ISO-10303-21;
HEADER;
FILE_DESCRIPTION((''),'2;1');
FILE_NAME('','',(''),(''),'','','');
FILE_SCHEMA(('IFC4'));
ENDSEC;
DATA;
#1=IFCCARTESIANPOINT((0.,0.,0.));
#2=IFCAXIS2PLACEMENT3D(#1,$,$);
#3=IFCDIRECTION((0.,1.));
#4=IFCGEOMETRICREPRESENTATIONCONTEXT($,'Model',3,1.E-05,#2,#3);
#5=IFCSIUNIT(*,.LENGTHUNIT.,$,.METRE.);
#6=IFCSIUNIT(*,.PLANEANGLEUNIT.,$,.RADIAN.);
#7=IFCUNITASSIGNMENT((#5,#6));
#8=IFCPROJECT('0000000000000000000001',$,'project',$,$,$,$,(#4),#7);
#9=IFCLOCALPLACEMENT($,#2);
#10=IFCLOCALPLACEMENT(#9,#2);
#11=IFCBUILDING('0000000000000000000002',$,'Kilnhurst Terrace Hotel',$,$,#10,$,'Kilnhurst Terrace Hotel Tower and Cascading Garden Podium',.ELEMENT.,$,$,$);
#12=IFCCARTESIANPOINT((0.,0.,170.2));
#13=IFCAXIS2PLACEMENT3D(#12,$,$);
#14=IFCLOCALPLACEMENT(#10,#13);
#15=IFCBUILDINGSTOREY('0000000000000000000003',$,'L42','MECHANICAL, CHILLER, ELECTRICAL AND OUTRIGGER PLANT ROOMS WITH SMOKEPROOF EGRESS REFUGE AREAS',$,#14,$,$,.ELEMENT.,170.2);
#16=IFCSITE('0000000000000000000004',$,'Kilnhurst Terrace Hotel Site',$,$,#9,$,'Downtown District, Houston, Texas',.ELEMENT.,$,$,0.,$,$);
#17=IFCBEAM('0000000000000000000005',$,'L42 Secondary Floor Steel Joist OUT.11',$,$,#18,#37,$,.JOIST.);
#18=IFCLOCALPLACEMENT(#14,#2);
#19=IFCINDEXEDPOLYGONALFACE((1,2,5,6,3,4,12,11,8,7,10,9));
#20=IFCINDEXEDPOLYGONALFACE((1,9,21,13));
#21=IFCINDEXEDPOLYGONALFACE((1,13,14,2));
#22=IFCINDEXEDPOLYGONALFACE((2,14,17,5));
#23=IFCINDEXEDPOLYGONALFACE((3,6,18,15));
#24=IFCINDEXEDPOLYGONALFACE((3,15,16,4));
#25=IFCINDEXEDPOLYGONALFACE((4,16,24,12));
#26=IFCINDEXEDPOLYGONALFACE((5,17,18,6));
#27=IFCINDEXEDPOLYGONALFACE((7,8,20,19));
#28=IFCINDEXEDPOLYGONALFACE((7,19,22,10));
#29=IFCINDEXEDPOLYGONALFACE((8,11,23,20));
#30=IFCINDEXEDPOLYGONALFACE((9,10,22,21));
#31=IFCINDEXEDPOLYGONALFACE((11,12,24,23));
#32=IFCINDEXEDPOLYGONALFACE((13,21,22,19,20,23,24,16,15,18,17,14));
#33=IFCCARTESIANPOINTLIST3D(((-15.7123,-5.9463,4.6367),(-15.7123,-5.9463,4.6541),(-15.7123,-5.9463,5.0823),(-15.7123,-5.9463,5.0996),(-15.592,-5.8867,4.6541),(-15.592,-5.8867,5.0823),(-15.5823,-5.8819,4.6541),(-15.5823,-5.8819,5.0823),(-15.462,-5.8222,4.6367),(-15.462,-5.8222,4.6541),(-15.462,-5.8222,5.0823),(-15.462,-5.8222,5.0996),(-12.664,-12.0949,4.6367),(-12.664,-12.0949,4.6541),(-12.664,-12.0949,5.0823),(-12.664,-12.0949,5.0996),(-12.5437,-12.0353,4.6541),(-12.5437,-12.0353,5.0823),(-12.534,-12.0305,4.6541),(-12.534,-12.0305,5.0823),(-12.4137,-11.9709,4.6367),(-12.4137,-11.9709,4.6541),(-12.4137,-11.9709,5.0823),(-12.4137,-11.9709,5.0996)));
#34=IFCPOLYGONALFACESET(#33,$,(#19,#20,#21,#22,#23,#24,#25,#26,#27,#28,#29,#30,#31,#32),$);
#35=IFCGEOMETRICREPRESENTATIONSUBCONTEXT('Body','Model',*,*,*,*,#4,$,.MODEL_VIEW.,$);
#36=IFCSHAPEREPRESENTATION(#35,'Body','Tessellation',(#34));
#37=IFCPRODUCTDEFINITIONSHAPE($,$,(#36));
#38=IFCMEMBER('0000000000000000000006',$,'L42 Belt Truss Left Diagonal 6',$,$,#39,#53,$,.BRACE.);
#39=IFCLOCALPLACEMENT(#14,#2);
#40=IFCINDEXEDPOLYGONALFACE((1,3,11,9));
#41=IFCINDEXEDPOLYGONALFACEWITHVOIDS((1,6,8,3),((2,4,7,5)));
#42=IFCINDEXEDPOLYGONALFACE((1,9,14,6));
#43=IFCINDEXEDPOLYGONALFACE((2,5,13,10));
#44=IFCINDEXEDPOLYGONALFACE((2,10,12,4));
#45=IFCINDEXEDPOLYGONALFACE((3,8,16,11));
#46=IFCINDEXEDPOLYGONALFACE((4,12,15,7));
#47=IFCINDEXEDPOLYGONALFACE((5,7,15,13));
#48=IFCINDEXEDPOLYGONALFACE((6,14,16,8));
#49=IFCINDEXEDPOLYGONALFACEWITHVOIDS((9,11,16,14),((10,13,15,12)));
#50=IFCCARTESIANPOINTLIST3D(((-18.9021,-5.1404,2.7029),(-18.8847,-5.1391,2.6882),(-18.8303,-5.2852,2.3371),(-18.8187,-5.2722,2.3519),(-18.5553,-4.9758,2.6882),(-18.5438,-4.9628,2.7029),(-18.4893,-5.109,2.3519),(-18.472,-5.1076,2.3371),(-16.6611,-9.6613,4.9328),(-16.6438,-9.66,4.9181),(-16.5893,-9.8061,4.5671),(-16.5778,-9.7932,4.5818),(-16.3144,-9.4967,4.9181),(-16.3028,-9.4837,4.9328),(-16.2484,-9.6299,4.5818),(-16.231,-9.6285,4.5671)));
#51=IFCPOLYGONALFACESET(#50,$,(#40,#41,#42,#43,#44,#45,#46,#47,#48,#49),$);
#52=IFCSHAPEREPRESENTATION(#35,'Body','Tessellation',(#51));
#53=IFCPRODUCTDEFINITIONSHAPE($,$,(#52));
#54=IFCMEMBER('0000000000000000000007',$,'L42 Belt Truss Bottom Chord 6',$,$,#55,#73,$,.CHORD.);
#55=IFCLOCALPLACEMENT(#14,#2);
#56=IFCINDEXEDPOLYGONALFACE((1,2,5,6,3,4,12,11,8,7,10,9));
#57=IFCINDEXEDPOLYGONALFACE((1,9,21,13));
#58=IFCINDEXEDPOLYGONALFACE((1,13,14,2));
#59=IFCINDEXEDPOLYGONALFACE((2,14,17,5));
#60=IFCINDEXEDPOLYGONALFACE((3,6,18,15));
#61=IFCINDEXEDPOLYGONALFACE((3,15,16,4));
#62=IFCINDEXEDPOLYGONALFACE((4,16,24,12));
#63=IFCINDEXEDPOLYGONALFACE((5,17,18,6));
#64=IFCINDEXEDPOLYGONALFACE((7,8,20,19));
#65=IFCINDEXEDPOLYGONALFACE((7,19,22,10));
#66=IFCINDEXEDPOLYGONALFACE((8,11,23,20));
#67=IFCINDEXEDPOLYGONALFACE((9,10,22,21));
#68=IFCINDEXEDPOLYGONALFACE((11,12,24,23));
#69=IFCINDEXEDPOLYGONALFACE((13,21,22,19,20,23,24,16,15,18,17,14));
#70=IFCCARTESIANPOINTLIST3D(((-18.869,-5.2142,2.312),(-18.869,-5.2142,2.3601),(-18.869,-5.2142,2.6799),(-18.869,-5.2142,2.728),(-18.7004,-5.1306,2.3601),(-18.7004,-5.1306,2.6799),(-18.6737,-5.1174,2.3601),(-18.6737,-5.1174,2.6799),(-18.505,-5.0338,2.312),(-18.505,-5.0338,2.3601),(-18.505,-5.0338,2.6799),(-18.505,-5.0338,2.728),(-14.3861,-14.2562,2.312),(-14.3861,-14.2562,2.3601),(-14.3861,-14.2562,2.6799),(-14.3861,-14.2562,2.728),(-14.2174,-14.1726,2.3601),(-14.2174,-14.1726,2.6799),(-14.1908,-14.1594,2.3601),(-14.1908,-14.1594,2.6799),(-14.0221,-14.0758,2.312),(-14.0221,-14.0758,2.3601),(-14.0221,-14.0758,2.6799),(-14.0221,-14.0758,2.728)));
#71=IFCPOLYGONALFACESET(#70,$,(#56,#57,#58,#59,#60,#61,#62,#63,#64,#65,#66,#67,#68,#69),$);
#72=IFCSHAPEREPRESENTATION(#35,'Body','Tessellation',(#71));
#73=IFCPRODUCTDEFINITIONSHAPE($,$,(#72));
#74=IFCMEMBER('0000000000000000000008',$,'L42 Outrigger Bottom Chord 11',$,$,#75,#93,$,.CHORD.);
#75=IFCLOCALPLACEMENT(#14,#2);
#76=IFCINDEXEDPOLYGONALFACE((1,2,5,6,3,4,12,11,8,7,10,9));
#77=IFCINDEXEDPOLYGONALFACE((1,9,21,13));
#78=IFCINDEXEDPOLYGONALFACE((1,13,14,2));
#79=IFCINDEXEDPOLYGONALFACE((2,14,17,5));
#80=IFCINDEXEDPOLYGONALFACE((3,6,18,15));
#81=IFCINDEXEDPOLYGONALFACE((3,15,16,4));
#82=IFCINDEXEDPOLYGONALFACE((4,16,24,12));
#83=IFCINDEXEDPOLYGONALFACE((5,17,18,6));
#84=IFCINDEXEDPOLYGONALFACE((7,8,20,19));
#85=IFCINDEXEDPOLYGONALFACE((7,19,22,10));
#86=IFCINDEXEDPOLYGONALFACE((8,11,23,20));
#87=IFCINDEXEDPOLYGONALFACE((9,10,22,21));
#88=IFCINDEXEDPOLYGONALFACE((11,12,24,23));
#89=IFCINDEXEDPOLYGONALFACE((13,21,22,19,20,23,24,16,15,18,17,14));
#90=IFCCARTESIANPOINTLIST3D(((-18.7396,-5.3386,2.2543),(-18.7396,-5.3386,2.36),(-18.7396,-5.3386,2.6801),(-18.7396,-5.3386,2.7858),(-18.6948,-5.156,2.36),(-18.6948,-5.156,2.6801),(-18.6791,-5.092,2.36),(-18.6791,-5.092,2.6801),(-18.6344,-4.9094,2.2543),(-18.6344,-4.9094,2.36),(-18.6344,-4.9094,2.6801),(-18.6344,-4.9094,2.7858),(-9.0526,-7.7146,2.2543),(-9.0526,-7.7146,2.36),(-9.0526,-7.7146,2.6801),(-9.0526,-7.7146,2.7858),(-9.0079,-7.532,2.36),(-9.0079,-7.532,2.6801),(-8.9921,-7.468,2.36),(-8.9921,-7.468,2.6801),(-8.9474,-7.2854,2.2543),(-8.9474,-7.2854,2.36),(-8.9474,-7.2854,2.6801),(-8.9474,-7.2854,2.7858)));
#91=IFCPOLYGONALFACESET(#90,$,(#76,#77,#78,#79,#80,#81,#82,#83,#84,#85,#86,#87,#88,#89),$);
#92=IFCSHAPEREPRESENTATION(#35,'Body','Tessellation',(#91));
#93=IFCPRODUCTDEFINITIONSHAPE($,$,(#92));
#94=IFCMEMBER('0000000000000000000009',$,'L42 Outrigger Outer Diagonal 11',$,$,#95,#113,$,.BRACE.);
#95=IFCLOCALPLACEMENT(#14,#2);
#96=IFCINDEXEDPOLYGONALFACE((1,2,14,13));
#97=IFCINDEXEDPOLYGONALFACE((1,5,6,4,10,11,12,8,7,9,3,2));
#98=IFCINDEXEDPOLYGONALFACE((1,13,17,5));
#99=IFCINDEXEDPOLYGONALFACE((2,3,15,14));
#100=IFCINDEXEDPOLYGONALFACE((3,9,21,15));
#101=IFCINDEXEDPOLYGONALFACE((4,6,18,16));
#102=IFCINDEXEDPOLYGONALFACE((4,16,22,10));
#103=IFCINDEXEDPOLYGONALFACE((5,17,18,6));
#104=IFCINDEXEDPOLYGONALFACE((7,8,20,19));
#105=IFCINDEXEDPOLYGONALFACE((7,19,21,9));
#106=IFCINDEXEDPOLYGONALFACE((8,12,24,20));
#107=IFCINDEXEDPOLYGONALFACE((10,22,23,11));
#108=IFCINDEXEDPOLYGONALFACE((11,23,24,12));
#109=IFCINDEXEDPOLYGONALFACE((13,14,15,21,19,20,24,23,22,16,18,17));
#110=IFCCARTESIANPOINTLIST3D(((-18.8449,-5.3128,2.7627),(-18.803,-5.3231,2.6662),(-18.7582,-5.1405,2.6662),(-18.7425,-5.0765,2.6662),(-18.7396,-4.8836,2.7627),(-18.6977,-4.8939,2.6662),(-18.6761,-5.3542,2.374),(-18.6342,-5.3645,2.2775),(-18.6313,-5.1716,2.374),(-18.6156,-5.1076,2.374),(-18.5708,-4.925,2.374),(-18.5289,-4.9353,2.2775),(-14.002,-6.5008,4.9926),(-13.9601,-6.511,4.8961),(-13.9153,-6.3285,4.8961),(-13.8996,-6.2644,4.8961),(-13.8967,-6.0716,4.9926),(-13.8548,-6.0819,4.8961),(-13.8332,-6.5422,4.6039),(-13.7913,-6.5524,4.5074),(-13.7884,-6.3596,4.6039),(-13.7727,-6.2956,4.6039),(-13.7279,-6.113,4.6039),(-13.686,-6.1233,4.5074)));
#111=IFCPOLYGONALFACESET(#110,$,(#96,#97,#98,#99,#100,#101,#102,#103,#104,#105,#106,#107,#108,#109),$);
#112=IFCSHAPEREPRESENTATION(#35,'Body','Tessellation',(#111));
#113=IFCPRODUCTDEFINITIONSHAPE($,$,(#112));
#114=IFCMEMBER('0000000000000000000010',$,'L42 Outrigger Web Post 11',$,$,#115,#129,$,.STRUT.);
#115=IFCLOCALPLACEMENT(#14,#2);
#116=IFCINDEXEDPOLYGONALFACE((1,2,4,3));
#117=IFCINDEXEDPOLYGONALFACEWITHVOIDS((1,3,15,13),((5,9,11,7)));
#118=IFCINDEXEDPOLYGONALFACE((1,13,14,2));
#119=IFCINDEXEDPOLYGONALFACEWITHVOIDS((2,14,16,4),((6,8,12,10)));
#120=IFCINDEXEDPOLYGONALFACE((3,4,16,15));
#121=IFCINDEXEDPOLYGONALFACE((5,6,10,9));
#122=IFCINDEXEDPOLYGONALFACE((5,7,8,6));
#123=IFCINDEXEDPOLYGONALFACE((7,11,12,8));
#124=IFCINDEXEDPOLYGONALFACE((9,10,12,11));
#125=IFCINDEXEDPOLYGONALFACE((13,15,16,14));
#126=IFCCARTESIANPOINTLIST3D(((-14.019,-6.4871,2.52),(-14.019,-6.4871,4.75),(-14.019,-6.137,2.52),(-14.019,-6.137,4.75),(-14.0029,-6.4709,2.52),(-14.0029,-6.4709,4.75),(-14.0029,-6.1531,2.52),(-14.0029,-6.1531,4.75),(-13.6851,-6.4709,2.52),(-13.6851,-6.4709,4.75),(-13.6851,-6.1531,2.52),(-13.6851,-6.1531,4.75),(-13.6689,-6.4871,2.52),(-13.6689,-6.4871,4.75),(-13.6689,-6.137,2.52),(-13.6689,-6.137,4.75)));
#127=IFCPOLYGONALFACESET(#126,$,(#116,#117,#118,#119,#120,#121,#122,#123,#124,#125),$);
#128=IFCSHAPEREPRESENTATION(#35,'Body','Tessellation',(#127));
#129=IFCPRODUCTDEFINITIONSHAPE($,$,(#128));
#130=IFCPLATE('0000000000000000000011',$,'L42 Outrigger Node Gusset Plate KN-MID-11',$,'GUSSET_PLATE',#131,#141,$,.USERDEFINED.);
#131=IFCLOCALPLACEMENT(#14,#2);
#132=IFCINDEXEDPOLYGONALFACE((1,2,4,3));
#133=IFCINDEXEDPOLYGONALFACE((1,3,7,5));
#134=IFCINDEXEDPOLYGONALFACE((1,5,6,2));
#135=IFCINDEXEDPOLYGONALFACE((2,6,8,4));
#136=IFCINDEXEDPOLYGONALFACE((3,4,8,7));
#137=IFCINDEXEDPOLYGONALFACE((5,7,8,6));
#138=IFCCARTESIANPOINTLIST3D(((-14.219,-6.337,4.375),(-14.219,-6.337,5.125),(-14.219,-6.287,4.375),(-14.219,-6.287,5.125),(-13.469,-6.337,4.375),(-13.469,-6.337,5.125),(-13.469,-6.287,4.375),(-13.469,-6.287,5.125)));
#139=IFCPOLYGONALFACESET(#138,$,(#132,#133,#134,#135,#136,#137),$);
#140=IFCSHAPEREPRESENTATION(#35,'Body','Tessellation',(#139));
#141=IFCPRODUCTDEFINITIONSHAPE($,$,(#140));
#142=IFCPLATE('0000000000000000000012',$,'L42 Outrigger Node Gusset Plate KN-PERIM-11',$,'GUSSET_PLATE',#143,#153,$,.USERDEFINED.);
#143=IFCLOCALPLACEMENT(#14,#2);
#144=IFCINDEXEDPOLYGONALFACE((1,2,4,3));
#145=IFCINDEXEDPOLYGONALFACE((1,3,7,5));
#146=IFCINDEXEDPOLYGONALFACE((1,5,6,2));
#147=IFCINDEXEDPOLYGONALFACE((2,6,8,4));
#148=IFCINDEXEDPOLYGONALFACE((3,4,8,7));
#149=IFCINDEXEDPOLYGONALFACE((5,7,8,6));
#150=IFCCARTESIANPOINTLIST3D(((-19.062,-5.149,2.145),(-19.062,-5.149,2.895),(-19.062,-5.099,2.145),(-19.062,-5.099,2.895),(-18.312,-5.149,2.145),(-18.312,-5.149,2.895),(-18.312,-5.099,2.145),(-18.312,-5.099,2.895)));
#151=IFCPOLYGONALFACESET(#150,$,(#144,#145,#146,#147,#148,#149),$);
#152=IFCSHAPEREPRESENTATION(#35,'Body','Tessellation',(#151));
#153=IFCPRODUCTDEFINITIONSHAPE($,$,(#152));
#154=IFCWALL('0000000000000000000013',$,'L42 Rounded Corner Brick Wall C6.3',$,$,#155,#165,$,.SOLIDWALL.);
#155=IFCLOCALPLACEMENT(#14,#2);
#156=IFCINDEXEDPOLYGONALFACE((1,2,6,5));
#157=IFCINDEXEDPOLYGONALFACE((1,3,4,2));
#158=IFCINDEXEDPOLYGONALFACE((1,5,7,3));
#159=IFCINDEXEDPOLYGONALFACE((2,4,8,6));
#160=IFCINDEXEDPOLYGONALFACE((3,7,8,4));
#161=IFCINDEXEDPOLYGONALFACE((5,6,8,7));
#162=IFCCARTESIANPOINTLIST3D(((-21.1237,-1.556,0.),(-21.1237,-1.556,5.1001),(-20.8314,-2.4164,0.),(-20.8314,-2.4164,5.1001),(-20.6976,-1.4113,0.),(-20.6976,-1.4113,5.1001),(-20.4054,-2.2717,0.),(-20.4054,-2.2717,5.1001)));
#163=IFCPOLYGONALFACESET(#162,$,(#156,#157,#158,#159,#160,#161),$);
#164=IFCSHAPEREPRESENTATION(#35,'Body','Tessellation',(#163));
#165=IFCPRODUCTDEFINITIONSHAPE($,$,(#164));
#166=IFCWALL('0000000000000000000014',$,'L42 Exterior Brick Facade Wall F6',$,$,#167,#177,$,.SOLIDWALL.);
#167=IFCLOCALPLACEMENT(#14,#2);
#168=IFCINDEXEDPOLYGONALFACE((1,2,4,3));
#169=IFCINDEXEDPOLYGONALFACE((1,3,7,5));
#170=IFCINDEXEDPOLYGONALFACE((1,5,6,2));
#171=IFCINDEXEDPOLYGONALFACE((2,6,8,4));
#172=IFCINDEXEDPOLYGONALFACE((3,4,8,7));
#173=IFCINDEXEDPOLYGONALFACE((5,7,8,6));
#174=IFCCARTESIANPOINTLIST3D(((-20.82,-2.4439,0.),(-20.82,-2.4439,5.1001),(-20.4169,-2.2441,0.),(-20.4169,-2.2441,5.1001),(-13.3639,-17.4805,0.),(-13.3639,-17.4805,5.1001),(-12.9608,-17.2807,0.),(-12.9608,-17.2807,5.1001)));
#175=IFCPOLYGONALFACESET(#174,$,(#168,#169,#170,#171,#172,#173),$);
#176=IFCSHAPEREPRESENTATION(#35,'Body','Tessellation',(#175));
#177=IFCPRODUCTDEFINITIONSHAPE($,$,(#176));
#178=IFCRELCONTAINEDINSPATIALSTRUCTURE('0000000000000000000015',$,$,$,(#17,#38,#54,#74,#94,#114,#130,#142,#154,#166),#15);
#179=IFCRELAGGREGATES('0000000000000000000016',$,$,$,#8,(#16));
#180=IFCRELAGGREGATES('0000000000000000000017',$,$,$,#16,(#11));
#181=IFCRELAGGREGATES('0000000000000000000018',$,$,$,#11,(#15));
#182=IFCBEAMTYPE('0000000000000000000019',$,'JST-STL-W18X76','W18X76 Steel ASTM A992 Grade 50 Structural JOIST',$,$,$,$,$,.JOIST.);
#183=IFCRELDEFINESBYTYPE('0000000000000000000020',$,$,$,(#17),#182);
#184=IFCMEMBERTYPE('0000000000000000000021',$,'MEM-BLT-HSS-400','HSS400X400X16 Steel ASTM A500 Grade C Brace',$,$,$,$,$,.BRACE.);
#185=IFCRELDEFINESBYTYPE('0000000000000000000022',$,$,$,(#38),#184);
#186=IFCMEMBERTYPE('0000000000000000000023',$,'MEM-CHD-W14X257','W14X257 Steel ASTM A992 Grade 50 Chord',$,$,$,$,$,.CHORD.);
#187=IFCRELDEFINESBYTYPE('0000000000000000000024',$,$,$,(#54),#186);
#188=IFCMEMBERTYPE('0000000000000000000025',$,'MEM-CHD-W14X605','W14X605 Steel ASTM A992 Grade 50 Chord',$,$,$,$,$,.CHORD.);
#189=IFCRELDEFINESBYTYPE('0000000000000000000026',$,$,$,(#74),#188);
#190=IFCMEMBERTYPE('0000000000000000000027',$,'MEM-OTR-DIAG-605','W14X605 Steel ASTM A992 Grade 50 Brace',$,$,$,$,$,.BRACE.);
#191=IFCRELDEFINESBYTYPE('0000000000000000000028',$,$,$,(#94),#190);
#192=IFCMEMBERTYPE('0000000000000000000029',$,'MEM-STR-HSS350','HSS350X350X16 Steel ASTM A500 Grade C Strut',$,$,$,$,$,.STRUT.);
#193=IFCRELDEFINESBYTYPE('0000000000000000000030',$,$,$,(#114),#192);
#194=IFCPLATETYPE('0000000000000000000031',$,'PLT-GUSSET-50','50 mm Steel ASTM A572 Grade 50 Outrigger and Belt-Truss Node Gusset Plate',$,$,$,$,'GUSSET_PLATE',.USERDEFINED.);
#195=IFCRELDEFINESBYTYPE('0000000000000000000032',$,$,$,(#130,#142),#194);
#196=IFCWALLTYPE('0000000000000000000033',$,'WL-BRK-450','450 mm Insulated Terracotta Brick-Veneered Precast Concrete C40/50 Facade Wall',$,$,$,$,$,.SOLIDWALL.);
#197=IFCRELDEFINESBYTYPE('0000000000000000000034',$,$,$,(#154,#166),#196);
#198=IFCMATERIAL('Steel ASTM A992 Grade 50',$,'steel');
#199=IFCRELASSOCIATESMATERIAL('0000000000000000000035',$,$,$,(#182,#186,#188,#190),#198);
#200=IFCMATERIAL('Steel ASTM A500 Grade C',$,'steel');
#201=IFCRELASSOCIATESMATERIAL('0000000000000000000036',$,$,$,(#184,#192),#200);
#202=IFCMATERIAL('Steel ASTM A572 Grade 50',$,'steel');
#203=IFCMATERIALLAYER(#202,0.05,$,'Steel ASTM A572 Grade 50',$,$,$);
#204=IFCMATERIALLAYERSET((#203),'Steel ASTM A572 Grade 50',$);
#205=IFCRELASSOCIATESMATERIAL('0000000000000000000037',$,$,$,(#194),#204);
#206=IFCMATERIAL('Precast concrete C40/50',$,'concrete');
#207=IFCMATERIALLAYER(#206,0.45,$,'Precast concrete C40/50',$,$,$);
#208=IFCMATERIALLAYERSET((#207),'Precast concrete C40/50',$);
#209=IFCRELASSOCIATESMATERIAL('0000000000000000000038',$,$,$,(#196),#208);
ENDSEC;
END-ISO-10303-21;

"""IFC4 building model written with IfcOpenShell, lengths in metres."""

from ifc_helpers import new_model, si_unit, direction, frame, frame_2d, origin, origin_2d, place, context, subcontext, project, spatial, rectangle, hollow_rectangle, i_section, extrude, material, layer, layer_set, material_profile, profile_set, type_object, element, save


model = new_model("IFC4")

# Units and contexts
model_context = context("Model", 3, precision=1e-05, world=origin(), true_north=direction((0.0, 1.0)))
body_context = subcontext(model_context, "Body", "Model", "MODEL_VIEW")
ifc_project = project(units=[si_unit("LENGTHUNIT", "METRE"), si_unit("PLANEANGLEUNIT", "RADIAN")], contexts=[model_context])

# Site, building, storey
site_placement = place(None, origin())
site = spatial("IfcSite", under=ifc_project, at=site_placement, Name="Kilnhurst Terrace Hotel Site", LongName="Downtown District, Houston, Texas", CompositionType="ELEMENT", RefElevation=0.0)
building_placement = place(site_placement, origin())
building = spatial("IfcBuilding", under=site, at=building_placement, Name="Kilnhurst Terrace Hotel", LongName="Kilnhurst Terrace Hotel Tower and Cascading Garden Podium", CompositionType="ELEMENT")
storey_placement = place(building_placement, frame((0.0, 0.0, 170.2)))
storey = spatial("IfcBuildingStorey", under=building, at=storey_placement, Name="L42", Description="MECHANICAL, CHILLER, ELECTRICAL AND OUTRIGGER PLANT ROOMS WITH SMOKEPROOF EGRESS REFUGE AREAS", CompositionType="ELEMENT", Elevation=170.2)

# Shared definitions
ifc_material_1 = material(Name="Steel ASTM A992 Grade 50", Category="steel")

# Beam
ifc_material_profile_1 = material_profile(ifc_material_1, i_section(OverallWidth=0.2793, OverallDepth=0.4629, WebThickness=0.0107, FlangeThickness=0.0173, at=origin_2d()), Name="W18X76")
ifc_profile_set_1 = profile_set([ifc_material_profile_1], Name="Steel ASTM A992 Grade 50")
beam_type_1 = type_object("IfcBeamType", Name="JST-STL-W18X76", Description="W18X76 Steel ASTM A992 Grade 50 Structural JOIST", PredefinedType="JOIST", material=ifc_profile_set_1)
beam_1_placement = place(storey_placement, frame((-15.5872, -5.8843, 4.8682), z_axis=(0.44418, -0.895938, 0.0), x_axis=(0.895938, 0.44418, 0.0)))
element("IfcBeam", 1, at=beam_1_placement, inside=storey, type_object=beam_type_1, Name="L42 Secondary Floor Steel Joist OUT.11", PredefinedType="JOIST", context=body_context, shape_type="SweptSolid", body=[
    extrude(i_section(OverallWidth=0.2793, OverallDepth=0.4629, WebThickness=0.0107, FlangeThickness=0.0173, at=origin_2d()), origin(), (0.0, 0.0, 1.0), 6.8628),
])

# Members
ifc_material_2 = material(Name="Steel ASTM A500 Grade C", Category="steel")
ifc_material_profile_2 = material_profile(ifc_material_2, hollow_rectangle(XDim=0.3999, YDim=0.3999, WallThickness=0.0161, at=origin_2d()), Name="HSS400X400X16")
ifc_profile_set_2 = profile_set([ifc_material_profile_2], Name="Steel ASTM A500 Grade C")
member_type_1 = type_object("IfcMemberType", Name="MEM-BLT-HSS-400", Description="HSS400X400X16 Steel ASTM A500 Grade C Brace", PredefinedType="BRACE", material=ifc_profile_set_2)
member_1_placement = place(storey_placement, frame((-18.687, -5.124, 2.52), z_axis=(0.406214, -0.819509, 0.404222), x_axis=(0.89597, 0.444114, 0.0)))
element("IfcMember", 2, at=member_1_placement, inside=storey, type_object=member_type_1, Name="L42 Belt Truss Left Diagonal 6", PredefinedType="BRACE", context=body_context, shape_type="SweptSolid", body=[
    extrude(hollow_rectangle(XDim=0.3999, YDim=0.3999, WallThickness=0.0161, at=origin_2d()), origin(), (0.0, 0.0, 1.0), 5.5166),
])
ifc_material_profile_3 = material_profile(ifc_material_1, i_section(OverallWidth=0.4062, OverallDepth=0.416, WebThickness=0.0298, FlangeThickness=0.0481, at=origin_2d()), Name="W14X257")
ifc_profile_set_3 = profile_set([ifc_material_profile_3], Name="Steel ASTM A992 Grade 50")
member_type_2 = type_object("IfcMemberType", Name="MEM-CHD-W14X257", Description="W14X257 Steel ASTM A992 Grade 50 Chord", PredefinedType="CHORD", material=ifc_profile_set_3)
member_2_placement = place(storey_placement, frame((-18.687, -5.124, 2.52), z_axis=(0.444192, -0.895932, 0.0), x_axis=(0.895932, 0.444192, 0.0)))
element("IfcMember", 3, at=member_2_placement, inside=storey, type_object=member_type_2, Name="L42 Belt Truss Bottom Chord 6", PredefinedType="CHORD", context=body_context, shape_type="SweptSolid", body=[
    extrude(i_section(OverallWidth=0.4062, OverallDepth=0.416, WebThickness=0.0298, FlangeThickness=0.0481, at=origin_2d()), origin(), (0.0, 0.0, 1.0), 10.0923),
])
ifc_material_profile_4 = material_profile(ifc_material_1, i_section(OverallWidth=0.4419, OverallDepth=0.5315, WebThickness=0.0659, FlangeThickness=0.1057, at=origin_2d()), Name="W14X605")
ifc_profile_set_4 = profile_set([ifc_material_profile_4], Name="Steel ASTM A992 Grade 50")
member_type_3 = type_object("IfcMemberType", Name="MEM-CHD-W14X605", Description="W14X605 Steel ASTM A992 Grade 50 Chord", PredefinedType="CHORD", material=ifc_profile_set_4)
member_3_placement = place(storey_placement, frame((-9.0, -7.5, 2.52), z_axis=(-0.971213, 0.238214, 0.0), x_axis=(-0.238214, -0.971213, 0.0)))
element("IfcMember", 4, at=member_3_placement, inside=storey, type_object=member_type_3, Name="L42 Outrigger Bottom Chord 11", PredefinedType="CHORD", context=body_context, shape_type="SweptSolid", body=[
    extrude(i_section(OverallWidth=0.4419, OverallDepth=0.5315, WebThickness=0.0659, FlangeThickness=0.1057, at=origin_2d()), origin(), (0.0, 0.0, 1.0), 9.9741),
])
ifc_material_profile_5 = material_profile(ifc_material_1, i_section(OverallWidth=0.4419, OverallDepth=0.5315, WebThickness=0.0659, FlangeThickness=0.1057, at=origin_2d()), Name="W14X605")
ifc_profile_set_5 = profile_set([ifc_material_profile_5], Name="Steel ASTM A992 Grade 50")
member_type_4 = type_object("IfcMemberType", Name="MEM-OTR-DIAG-605", Description="W14X605 Steel ASTM A992 Grade 50 Brace", PredefinedType="BRACE", material=ifc_profile_set_5)
member_4_placement = place(storey_placement, frame((-13.844, -6.312, 4.75), z_axis=(-0.886593, 0.217481, -0.408234), x_axis=(-0.238236, -0.971207, 0.0)))
element("IfcMember", 5, at=member_4_placement, inside=storey, type_object=member_type_4, Name="L42 Outrigger Outer Diagonal 11", PredefinedType="BRACE", context=body_context, shape_type="SweptSolid", body=[
    extrude(i_section(OverallWidth=0.4419, OverallDepth=0.5315, WebThickness=0.0659, FlangeThickness=0.1057, at=origin_2d()), origin(), (0.0, 0.0, 1.0), 5.4624),
])
ifc_material_profile_6 = material_profile(ifc_material_2, hollow_rectangle(XDim=0.3501, YDim=0.3501, WallThickness=0.0161, at=origin_2d()), Name="HSS350X350X16")
ifc_profile_set_6 = profile_set([ifc_material_profile_6], Name="Steel ASTM A500 Grade C")
member_type_5 = type_object("IfcMemberType", Name="MEM-STR-HSS350", Description="HSS350X350X16 Steel ASTM A500 Grade C Strut", PredefinedType="STRUT", material=ifc_profile_set_6)
member_5_placement = place(storey_placement, frame((-13.844, -6.312, 2.52), z_axis=(0.0, 0.0, 1.0), x_axis=(1.0, 0.0, 0.0)))
element("IfcMember", 6, at=member_5_placement, inside=storey, type_object=member_type_5, Name="L42 Outrigger Web Post 11", PredefinedType="STRUT", context=body_context, shape_type="SweptSolid", body=[
    extrude(hollow_rectangle(XDim=0.3501, YDim=0.3501, WallThickness=0.0161, at=origin_2d()), origin(), (0.0, 0.0, 1.0), 2.23),
])

# Plates
ifc_material_3 = material(Name="Steel ASTM A572 Grade 50", Category="steel")
ifc_layer_1 = layer(ifc_material_3, 0.05, Name="Steel ASTM A572 Grade 50")
ifc_layer_set_1 = layer_set([ifc_layer_1], Name="Steel ASTM A572 Grade 50")
plate_type = type_object("IfcPlateType", Name="PLT-GUSSET-50", Description="50 mm Steel ASTM A572 Grade 50 Outrigger and Belt-Truss Node Gusset Plate", ElementType="GUSSET_PLATE", PredefinedType="USERDEFINED", material=ifc_layer_set_1)
for number, where, z_axis, x_axis, name in (
    (7, (-13.844, -6.312, 4.375), (0.0, 0.0, 1.0), (1.0, 0.0, 0.0), "L42 Outrigger Node Gusset Plate KN-MID-11"),
    (8, (-18.687, -5.124, 2.145), (0.0, 0.0, 1.0), (1.0, 0.0, 0.0), "L42 Outrigger Node Gusset Plate KN-PERIM-11"),
):
    element("IfcPlate", number, at=place(storey_placement, frame(where, z_axis=z_axis, x_axis=x_axis)), inside=storey, type_object=plate_type, Name=name, ObjectType="GUSSET_PLATE", PredefinedType="USERDEFINED", context=body_context, shape_type="SweptSolid", body=[
        extrude(rectangle(XDim=0.75, YDim=0.05, at=origin_2d()), origin(), (0.0, 0.0, 1.0), 0.75),
    ])

# Walls
ifc_material_4 = material(Name="Precast concrete C40/50", Category="concrete")
ifc_layer_2 = layer(ifc_material_4, 0.45, Name="Precast concrete C40/50")
ifc_layer_set_2 = layer_set([ifc_layer_2], Name="Precast concrete C40/50")
wall_type = type_object("IfcWallType", Name="WL-BRK-450", Description="450 mm Insulated Terracotta Brick-Veneered Precast Concrete C40/50 Facade Wall", PredefinedType="SOLIDWALL", material=ifc_layer_set_2)
wall_1_placement = place(storey_placement, frame((-20.9106, -1.4836, 0.0), z_axis=(0.0, 0.0, 1.0), x_axis=(0.321623, -0.946868, 0.0)))
element("IfcWall", 9, at=wall_1_placement, inside=storey, type_object=wall_type, Name="L42 Rounded Corner Brick Wall C6.3", PredefinedType="SOLIDWALL", context=body_context, shape_type="SweptSolid", body=[
    extrude(rectangle(XDim=0.9087, YDim=0.45, at=frame_2d((0.4543, 0.0))), origin(), (0.0, 0.0, 1.0), 5.1001),
])
wall_2_placement = place(storey_placement, frame((-20.6184, -2.344, 0.0), z_axis=(0.0, 0.0, 1.0), x_axis=(0.444244, -0.895906, 0.0)))
element("IfcWall", 10, at=wall_2_placement, inside=storey, type_object=wall_type, Name="L42 Exterior Brick Facade Wall F6", PredefinedType="SOLIDWALL", context=body_context, shape_type="SweptSolid", body=[
    extrude(rectangle(XDim=16.7837, YDim=0.45, at=frame_2d((8.3918, 0.0))), origin(), (0.0, 0.0, 1.0), 5.1001),
])

save(model, "model.ifc")
